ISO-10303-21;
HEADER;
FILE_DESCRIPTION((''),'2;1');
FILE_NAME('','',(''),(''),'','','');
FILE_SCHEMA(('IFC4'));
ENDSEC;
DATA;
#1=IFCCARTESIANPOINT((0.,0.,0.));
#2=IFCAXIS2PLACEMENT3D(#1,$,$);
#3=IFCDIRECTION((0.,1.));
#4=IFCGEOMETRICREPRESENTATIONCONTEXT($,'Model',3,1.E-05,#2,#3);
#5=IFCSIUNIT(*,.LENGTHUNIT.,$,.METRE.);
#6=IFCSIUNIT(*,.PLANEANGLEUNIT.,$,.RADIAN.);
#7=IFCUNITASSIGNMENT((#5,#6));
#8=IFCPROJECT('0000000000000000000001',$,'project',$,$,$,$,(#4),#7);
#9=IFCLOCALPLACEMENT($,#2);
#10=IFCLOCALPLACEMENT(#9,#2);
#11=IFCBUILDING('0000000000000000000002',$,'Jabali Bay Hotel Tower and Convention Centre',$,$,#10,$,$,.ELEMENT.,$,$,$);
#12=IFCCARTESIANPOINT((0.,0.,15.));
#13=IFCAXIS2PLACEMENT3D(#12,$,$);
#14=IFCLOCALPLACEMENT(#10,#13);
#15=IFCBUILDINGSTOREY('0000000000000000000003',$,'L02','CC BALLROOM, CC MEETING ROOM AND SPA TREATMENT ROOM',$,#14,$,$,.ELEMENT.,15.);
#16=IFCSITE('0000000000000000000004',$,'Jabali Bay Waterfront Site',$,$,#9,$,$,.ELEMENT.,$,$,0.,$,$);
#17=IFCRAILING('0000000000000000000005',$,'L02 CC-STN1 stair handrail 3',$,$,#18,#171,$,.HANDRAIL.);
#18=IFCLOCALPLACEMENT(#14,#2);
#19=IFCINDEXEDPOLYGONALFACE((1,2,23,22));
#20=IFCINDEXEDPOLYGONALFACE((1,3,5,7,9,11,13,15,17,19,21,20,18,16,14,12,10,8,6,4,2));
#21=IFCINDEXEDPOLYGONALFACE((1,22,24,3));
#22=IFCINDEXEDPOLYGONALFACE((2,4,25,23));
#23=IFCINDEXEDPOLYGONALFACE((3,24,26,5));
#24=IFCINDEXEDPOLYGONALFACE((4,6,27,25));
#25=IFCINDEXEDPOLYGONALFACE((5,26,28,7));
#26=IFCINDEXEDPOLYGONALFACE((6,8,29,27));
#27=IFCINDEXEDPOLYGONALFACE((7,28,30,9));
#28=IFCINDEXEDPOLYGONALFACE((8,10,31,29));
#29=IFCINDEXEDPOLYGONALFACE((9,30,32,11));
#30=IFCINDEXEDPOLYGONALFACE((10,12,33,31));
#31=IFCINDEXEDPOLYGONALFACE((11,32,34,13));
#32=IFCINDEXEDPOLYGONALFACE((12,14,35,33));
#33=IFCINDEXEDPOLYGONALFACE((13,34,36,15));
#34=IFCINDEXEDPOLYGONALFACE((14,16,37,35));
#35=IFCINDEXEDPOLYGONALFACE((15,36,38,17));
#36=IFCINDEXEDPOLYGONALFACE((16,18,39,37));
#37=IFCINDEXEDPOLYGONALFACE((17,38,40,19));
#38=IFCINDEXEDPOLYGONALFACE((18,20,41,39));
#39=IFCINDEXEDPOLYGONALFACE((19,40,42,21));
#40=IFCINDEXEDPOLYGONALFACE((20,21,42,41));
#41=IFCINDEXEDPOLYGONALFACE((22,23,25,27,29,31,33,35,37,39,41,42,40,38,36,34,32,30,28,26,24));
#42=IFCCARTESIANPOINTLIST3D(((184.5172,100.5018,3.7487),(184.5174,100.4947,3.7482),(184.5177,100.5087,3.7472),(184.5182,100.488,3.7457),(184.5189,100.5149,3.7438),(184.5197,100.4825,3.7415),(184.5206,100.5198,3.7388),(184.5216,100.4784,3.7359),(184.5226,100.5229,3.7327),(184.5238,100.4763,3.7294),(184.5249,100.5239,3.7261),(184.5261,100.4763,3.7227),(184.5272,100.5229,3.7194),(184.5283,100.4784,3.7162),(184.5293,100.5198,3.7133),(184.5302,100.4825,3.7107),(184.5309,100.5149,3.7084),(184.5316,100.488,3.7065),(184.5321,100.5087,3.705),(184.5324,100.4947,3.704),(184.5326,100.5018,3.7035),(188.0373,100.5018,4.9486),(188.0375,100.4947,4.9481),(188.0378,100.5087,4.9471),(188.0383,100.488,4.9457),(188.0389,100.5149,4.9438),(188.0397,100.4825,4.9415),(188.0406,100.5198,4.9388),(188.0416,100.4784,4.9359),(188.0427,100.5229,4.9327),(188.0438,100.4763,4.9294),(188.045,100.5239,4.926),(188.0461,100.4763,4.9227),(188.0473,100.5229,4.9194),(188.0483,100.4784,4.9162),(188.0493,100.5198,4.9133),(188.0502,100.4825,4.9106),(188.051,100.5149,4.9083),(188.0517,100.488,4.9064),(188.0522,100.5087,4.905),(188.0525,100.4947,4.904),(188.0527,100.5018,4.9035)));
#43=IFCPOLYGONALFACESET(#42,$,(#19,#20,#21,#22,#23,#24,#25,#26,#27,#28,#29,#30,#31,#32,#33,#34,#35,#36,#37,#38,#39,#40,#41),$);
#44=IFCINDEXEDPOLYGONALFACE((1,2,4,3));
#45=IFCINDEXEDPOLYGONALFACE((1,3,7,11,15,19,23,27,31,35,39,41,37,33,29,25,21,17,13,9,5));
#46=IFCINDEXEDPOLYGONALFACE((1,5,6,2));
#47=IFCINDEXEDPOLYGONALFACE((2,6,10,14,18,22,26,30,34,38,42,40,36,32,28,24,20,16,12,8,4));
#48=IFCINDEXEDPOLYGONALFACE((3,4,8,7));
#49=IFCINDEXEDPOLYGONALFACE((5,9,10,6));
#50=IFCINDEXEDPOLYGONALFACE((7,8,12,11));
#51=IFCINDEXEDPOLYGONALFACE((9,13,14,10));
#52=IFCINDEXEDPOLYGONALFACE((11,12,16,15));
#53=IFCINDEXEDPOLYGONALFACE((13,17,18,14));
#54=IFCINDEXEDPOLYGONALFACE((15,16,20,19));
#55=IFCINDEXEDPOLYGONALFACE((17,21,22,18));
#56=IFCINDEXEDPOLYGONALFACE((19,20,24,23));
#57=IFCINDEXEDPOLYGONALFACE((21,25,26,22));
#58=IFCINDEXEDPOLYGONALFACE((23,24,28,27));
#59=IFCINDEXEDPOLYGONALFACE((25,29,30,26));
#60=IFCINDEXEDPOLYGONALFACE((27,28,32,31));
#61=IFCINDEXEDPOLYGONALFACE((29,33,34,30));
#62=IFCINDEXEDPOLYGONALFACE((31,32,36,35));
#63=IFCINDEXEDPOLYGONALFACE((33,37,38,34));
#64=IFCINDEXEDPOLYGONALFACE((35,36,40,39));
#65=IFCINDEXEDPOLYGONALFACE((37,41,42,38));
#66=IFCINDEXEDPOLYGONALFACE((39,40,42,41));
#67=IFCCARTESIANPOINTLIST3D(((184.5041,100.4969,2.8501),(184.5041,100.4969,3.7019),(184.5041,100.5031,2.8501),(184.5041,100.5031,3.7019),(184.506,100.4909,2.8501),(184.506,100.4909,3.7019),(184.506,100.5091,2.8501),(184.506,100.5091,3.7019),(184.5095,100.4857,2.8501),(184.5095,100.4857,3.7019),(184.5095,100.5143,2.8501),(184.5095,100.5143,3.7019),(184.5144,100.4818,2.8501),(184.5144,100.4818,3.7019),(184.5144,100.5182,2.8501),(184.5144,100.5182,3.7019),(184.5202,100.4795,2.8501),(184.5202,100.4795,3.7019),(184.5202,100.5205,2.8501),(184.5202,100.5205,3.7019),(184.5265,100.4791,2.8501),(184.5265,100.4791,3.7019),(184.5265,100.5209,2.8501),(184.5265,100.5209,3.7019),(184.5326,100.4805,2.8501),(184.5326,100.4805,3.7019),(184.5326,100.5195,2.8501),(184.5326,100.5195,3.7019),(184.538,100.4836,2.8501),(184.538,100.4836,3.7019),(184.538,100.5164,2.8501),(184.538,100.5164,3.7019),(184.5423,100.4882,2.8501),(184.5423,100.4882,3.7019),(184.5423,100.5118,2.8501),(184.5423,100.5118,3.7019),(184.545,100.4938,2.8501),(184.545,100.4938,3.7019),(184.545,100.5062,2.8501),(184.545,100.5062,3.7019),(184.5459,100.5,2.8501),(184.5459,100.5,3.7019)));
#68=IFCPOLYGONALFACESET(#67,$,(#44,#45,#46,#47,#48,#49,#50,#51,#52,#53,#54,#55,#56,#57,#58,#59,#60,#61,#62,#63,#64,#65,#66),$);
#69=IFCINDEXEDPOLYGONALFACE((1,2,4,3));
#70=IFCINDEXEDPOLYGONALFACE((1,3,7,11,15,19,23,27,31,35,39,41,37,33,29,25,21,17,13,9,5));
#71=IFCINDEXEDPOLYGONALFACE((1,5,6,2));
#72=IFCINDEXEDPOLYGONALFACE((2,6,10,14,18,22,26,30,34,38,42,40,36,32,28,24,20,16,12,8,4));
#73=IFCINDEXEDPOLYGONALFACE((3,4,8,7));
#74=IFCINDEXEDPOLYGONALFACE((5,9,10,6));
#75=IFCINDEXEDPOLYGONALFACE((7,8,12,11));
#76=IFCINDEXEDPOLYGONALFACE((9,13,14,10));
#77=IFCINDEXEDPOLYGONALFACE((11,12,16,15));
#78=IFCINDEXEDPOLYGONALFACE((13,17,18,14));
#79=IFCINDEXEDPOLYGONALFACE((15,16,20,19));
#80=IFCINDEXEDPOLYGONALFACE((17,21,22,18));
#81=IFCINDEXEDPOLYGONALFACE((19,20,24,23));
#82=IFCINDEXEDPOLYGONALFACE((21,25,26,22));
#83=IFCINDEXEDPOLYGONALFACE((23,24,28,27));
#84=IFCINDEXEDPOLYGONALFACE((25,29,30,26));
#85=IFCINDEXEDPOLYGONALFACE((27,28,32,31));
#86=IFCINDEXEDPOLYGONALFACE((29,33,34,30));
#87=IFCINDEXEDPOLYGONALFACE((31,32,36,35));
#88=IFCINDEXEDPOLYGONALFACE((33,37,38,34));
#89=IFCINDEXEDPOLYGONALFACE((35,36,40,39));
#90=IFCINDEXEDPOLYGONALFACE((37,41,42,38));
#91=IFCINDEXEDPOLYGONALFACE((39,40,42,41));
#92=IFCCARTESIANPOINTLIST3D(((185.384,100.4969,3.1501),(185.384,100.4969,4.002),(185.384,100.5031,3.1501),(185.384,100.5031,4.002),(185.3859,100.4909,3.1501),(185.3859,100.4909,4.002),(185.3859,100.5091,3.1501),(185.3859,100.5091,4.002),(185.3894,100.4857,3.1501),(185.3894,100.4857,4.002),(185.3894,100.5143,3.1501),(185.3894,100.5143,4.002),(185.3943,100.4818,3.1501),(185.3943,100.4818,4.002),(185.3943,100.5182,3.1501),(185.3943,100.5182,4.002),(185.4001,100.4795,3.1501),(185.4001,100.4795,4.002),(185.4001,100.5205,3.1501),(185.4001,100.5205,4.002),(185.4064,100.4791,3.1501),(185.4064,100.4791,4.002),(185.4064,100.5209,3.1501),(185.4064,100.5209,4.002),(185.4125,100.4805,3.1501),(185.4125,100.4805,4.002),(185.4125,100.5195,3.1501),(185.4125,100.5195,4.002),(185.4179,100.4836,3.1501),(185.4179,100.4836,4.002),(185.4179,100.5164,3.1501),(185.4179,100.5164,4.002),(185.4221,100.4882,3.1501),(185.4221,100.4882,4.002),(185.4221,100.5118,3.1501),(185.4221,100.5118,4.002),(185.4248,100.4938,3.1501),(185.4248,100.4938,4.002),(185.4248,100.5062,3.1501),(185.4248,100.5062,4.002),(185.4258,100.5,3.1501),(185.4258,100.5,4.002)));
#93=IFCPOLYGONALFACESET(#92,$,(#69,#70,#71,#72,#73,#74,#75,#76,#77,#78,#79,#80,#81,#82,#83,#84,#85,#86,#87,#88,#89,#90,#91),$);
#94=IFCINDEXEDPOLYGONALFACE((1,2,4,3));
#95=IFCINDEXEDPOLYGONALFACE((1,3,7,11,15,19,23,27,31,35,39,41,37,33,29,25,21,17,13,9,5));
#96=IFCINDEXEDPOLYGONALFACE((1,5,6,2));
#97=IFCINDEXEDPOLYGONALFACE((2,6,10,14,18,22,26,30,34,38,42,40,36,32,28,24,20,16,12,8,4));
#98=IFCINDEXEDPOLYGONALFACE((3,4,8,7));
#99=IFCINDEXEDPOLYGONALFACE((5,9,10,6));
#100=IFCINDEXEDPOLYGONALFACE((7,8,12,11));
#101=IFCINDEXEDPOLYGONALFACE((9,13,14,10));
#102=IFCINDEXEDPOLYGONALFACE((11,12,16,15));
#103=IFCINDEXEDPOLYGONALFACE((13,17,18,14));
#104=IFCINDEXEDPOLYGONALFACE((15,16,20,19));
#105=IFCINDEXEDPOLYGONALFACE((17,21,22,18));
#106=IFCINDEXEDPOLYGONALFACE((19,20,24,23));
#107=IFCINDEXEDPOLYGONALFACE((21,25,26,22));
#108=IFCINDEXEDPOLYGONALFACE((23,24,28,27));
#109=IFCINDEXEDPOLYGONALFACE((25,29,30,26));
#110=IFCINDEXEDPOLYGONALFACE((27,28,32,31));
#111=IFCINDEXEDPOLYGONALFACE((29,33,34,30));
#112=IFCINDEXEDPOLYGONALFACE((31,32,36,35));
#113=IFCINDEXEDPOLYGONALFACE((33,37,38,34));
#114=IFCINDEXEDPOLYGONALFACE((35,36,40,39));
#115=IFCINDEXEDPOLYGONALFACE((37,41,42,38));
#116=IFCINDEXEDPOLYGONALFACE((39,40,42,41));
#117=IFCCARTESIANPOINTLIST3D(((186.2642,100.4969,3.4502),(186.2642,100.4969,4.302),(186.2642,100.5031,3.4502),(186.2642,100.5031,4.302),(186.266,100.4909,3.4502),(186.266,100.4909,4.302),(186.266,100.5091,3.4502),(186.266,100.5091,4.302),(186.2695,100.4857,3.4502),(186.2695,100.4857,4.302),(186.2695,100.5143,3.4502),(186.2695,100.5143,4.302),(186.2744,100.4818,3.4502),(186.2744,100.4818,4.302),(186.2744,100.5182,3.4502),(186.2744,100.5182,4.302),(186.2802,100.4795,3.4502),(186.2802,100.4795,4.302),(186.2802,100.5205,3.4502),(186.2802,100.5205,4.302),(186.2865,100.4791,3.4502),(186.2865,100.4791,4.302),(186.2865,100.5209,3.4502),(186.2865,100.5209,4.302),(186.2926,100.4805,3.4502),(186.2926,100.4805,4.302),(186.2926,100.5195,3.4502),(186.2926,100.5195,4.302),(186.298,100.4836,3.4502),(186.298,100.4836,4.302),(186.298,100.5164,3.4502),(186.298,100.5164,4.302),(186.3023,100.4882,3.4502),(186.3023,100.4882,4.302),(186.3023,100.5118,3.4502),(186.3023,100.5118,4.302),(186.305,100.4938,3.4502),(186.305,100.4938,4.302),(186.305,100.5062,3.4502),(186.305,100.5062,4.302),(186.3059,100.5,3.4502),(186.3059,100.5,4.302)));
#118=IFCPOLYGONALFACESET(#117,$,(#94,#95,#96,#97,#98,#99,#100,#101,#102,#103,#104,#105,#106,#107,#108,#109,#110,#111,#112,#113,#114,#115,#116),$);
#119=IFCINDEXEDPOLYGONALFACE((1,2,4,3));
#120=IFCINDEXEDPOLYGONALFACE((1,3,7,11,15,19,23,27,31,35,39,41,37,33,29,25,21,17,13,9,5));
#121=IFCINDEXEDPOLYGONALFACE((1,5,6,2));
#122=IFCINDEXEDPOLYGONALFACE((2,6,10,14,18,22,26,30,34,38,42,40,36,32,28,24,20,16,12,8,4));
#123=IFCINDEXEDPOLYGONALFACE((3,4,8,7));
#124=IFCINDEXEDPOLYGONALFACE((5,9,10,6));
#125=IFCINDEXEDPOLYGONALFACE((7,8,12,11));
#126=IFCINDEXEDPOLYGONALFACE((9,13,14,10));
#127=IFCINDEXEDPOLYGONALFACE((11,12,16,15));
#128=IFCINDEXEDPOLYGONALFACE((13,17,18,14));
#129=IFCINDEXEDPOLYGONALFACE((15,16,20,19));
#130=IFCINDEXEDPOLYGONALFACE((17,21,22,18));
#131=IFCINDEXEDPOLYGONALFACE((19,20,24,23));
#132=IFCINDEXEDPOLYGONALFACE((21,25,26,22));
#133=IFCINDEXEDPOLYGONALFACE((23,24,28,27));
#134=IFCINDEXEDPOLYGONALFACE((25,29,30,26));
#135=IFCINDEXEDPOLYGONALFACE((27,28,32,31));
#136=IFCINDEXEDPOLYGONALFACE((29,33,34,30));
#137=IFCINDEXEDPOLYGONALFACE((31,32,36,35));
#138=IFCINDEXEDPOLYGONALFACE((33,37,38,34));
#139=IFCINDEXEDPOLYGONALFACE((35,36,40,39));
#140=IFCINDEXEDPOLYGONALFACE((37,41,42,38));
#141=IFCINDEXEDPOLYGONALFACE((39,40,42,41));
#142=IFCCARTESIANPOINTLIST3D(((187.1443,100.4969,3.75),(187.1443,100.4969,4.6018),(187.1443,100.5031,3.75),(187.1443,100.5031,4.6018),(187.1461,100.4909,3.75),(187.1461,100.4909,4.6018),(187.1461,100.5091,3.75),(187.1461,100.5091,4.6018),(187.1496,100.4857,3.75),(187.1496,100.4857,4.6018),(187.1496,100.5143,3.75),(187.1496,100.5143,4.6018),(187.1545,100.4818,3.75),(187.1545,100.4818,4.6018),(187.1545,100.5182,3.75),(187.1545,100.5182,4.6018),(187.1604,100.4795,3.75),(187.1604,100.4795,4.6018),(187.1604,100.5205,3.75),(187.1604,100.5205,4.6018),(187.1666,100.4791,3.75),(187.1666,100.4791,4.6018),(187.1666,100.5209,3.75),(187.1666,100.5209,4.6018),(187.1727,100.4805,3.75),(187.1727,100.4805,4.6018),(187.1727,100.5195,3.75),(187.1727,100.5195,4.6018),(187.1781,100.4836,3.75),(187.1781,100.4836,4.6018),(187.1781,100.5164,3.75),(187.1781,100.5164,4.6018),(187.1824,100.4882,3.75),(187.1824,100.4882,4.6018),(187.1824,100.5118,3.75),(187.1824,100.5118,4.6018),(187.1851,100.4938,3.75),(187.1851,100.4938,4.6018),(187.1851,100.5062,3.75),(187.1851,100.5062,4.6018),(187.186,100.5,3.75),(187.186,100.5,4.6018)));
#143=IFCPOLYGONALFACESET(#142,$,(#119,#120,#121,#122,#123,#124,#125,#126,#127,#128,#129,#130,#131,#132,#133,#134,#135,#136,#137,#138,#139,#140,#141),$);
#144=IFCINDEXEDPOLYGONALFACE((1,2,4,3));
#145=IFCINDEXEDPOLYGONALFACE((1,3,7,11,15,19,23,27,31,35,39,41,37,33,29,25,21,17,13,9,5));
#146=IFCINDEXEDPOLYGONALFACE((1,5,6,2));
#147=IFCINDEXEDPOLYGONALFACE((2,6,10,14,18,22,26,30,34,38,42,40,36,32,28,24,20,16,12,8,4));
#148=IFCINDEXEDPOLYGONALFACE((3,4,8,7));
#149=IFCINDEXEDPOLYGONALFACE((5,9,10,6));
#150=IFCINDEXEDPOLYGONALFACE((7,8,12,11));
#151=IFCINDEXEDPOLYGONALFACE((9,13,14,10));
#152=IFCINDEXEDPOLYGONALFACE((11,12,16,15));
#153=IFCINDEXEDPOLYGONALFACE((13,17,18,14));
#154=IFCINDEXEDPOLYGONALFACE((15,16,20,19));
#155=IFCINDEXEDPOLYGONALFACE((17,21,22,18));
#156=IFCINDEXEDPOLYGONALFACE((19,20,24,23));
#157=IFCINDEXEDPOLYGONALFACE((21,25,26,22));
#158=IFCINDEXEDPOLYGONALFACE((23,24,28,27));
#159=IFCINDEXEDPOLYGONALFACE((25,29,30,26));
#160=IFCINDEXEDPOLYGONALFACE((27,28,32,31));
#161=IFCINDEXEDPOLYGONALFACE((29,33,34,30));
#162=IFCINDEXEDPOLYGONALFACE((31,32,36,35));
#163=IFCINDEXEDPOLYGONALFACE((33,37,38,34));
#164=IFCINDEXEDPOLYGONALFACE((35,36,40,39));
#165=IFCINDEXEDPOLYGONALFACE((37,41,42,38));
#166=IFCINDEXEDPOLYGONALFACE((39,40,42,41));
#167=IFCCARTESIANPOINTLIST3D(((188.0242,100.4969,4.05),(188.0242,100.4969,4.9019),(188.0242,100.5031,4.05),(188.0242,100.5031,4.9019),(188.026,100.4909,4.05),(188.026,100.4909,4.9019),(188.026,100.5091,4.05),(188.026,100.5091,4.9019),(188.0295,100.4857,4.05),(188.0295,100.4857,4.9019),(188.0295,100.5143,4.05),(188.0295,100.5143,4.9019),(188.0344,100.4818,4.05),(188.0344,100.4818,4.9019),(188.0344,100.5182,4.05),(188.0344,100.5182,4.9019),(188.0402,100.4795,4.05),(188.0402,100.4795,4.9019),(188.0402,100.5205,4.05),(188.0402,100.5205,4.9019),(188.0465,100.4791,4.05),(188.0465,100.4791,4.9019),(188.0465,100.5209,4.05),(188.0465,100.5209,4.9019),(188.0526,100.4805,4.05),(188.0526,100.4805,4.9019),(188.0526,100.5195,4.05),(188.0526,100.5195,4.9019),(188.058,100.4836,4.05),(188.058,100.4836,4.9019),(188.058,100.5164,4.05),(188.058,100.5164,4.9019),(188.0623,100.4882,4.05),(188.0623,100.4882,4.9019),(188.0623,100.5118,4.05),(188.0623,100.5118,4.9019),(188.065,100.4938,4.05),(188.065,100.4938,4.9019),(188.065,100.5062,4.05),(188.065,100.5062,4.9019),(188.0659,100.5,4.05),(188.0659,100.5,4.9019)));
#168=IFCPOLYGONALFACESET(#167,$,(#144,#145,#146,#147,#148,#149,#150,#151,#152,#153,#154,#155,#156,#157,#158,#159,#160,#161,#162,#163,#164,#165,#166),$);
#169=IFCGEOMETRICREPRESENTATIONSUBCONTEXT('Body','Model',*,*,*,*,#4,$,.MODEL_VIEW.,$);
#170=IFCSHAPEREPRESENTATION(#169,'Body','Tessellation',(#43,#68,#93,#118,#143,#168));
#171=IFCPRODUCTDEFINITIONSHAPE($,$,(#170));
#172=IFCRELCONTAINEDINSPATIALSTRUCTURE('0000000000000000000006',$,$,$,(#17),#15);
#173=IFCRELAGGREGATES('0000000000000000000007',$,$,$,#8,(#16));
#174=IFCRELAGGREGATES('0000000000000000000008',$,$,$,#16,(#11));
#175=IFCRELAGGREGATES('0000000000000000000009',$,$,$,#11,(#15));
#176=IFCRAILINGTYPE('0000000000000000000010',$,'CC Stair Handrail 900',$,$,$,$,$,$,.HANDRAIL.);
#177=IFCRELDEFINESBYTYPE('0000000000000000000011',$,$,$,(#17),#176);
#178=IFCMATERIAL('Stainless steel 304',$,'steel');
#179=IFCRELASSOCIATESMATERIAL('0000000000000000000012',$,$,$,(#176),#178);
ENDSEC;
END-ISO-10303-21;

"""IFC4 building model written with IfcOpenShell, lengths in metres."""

from ifc_helpers import new_model, si_unit, direction, frame, origin, origin_2d, place, context, subcontext, project, spatial, circle, extrude, material, type_object, element, save


model = new_model("IFC4")

# Units and contexts
model_context = context("Model", 3, precision=1e-05, world=origin(), true_north=direction((0.0, 1.0)))
body_context = subcontext(model_context, "Body", "Model", "MODEL_VIEW")
ifc_project = project(units=[si_unit("LENGTHUNIT", "METRE"), si_unit("PLANEANGLEUNIT", "RADIAN")], contexts=[model_context])

# Site, building, storey
site_placement = place(None, origin())
site = spatial("IfcSite", under=ifc_project, at=site_placement, Name="Jabali Bay Waterfront Site", CompositionType="ELEMENT", RefElevation=0.0)
building_placement = place(site_placement, origin())
building = spatial("IfcBuilding", under=site, at=building_placement, Name="Jabali Bay Hotel Tower and Convention Centre", CompositionType="ELEMENT")
storey_placement = place(building_placement, frame((0.0, 0.0, 15.0)))
storey = spatial("IfcBuildingStorey", under=building, at=storey_placement, Name="L02", Description="CC BALLROOM, CC MEETING ROOM AND SPA TREATMENT ROOM", CompositionType="ELEMENT", Elevation=15.0)

# Railing
ifc_material_1 = material(Name="Stainless steel 304", Category="steel")
railing_type = type_object("IfcRailingType", Name="CC Stair Handrail 900", PredefinedType="HANDRAIL", material=ifc_material_1)
railing_1_placement = place(storey_placement, frame((184.5249, 100.5, 2.8501)))
element("IfcRailing", 1, at=railing_1_placement, inside=storey, type_object=railing_type, Name="L02 CC-STN1 stair handrail 3", PredefinedType="HANDRAIL", context=body_context, shape_type="SweptSolid", body=[
    extrude(circle(Radius=0.0239, at=origin_2d()), frame((0.0, 0.0, 0.876), z_axis=(0.946515, 0.0, 0.322661), x_axis=(0.0, 1.0, 0.0)), (0.0, 0.0, 1.0), 3.719),
    extrude(circle(Radius=0.021, at=origin_2d()), origin(), (0.0, 0.0, 1.0), 0.8518),
    extrude(circle(Radius=0.021, at=origin_2d()), frame((0.8799, 0.0, 0.3)), (0.0, 0.0, 1.0), 0.8518),
    extrude(circle(Radius=0.021, at=origin_2d()), frame((1.76, 0.0, 0.6001)), (0.0, 0.0, 1.0), 0.8518),
    extrude(circle(Radius=0.021, at=origin_2d()), frame((2.6401, 0.0, 0.8999)), (0.0, 0.0, 1.0), 0.8518),
    extrude(circle(Radius=0.021, at=origin_2d()), frame((3.52, 0.0, 1.2)), (0.0, 0.0, 1.0), 0.8518),
])

save(model, "model.ifc")
